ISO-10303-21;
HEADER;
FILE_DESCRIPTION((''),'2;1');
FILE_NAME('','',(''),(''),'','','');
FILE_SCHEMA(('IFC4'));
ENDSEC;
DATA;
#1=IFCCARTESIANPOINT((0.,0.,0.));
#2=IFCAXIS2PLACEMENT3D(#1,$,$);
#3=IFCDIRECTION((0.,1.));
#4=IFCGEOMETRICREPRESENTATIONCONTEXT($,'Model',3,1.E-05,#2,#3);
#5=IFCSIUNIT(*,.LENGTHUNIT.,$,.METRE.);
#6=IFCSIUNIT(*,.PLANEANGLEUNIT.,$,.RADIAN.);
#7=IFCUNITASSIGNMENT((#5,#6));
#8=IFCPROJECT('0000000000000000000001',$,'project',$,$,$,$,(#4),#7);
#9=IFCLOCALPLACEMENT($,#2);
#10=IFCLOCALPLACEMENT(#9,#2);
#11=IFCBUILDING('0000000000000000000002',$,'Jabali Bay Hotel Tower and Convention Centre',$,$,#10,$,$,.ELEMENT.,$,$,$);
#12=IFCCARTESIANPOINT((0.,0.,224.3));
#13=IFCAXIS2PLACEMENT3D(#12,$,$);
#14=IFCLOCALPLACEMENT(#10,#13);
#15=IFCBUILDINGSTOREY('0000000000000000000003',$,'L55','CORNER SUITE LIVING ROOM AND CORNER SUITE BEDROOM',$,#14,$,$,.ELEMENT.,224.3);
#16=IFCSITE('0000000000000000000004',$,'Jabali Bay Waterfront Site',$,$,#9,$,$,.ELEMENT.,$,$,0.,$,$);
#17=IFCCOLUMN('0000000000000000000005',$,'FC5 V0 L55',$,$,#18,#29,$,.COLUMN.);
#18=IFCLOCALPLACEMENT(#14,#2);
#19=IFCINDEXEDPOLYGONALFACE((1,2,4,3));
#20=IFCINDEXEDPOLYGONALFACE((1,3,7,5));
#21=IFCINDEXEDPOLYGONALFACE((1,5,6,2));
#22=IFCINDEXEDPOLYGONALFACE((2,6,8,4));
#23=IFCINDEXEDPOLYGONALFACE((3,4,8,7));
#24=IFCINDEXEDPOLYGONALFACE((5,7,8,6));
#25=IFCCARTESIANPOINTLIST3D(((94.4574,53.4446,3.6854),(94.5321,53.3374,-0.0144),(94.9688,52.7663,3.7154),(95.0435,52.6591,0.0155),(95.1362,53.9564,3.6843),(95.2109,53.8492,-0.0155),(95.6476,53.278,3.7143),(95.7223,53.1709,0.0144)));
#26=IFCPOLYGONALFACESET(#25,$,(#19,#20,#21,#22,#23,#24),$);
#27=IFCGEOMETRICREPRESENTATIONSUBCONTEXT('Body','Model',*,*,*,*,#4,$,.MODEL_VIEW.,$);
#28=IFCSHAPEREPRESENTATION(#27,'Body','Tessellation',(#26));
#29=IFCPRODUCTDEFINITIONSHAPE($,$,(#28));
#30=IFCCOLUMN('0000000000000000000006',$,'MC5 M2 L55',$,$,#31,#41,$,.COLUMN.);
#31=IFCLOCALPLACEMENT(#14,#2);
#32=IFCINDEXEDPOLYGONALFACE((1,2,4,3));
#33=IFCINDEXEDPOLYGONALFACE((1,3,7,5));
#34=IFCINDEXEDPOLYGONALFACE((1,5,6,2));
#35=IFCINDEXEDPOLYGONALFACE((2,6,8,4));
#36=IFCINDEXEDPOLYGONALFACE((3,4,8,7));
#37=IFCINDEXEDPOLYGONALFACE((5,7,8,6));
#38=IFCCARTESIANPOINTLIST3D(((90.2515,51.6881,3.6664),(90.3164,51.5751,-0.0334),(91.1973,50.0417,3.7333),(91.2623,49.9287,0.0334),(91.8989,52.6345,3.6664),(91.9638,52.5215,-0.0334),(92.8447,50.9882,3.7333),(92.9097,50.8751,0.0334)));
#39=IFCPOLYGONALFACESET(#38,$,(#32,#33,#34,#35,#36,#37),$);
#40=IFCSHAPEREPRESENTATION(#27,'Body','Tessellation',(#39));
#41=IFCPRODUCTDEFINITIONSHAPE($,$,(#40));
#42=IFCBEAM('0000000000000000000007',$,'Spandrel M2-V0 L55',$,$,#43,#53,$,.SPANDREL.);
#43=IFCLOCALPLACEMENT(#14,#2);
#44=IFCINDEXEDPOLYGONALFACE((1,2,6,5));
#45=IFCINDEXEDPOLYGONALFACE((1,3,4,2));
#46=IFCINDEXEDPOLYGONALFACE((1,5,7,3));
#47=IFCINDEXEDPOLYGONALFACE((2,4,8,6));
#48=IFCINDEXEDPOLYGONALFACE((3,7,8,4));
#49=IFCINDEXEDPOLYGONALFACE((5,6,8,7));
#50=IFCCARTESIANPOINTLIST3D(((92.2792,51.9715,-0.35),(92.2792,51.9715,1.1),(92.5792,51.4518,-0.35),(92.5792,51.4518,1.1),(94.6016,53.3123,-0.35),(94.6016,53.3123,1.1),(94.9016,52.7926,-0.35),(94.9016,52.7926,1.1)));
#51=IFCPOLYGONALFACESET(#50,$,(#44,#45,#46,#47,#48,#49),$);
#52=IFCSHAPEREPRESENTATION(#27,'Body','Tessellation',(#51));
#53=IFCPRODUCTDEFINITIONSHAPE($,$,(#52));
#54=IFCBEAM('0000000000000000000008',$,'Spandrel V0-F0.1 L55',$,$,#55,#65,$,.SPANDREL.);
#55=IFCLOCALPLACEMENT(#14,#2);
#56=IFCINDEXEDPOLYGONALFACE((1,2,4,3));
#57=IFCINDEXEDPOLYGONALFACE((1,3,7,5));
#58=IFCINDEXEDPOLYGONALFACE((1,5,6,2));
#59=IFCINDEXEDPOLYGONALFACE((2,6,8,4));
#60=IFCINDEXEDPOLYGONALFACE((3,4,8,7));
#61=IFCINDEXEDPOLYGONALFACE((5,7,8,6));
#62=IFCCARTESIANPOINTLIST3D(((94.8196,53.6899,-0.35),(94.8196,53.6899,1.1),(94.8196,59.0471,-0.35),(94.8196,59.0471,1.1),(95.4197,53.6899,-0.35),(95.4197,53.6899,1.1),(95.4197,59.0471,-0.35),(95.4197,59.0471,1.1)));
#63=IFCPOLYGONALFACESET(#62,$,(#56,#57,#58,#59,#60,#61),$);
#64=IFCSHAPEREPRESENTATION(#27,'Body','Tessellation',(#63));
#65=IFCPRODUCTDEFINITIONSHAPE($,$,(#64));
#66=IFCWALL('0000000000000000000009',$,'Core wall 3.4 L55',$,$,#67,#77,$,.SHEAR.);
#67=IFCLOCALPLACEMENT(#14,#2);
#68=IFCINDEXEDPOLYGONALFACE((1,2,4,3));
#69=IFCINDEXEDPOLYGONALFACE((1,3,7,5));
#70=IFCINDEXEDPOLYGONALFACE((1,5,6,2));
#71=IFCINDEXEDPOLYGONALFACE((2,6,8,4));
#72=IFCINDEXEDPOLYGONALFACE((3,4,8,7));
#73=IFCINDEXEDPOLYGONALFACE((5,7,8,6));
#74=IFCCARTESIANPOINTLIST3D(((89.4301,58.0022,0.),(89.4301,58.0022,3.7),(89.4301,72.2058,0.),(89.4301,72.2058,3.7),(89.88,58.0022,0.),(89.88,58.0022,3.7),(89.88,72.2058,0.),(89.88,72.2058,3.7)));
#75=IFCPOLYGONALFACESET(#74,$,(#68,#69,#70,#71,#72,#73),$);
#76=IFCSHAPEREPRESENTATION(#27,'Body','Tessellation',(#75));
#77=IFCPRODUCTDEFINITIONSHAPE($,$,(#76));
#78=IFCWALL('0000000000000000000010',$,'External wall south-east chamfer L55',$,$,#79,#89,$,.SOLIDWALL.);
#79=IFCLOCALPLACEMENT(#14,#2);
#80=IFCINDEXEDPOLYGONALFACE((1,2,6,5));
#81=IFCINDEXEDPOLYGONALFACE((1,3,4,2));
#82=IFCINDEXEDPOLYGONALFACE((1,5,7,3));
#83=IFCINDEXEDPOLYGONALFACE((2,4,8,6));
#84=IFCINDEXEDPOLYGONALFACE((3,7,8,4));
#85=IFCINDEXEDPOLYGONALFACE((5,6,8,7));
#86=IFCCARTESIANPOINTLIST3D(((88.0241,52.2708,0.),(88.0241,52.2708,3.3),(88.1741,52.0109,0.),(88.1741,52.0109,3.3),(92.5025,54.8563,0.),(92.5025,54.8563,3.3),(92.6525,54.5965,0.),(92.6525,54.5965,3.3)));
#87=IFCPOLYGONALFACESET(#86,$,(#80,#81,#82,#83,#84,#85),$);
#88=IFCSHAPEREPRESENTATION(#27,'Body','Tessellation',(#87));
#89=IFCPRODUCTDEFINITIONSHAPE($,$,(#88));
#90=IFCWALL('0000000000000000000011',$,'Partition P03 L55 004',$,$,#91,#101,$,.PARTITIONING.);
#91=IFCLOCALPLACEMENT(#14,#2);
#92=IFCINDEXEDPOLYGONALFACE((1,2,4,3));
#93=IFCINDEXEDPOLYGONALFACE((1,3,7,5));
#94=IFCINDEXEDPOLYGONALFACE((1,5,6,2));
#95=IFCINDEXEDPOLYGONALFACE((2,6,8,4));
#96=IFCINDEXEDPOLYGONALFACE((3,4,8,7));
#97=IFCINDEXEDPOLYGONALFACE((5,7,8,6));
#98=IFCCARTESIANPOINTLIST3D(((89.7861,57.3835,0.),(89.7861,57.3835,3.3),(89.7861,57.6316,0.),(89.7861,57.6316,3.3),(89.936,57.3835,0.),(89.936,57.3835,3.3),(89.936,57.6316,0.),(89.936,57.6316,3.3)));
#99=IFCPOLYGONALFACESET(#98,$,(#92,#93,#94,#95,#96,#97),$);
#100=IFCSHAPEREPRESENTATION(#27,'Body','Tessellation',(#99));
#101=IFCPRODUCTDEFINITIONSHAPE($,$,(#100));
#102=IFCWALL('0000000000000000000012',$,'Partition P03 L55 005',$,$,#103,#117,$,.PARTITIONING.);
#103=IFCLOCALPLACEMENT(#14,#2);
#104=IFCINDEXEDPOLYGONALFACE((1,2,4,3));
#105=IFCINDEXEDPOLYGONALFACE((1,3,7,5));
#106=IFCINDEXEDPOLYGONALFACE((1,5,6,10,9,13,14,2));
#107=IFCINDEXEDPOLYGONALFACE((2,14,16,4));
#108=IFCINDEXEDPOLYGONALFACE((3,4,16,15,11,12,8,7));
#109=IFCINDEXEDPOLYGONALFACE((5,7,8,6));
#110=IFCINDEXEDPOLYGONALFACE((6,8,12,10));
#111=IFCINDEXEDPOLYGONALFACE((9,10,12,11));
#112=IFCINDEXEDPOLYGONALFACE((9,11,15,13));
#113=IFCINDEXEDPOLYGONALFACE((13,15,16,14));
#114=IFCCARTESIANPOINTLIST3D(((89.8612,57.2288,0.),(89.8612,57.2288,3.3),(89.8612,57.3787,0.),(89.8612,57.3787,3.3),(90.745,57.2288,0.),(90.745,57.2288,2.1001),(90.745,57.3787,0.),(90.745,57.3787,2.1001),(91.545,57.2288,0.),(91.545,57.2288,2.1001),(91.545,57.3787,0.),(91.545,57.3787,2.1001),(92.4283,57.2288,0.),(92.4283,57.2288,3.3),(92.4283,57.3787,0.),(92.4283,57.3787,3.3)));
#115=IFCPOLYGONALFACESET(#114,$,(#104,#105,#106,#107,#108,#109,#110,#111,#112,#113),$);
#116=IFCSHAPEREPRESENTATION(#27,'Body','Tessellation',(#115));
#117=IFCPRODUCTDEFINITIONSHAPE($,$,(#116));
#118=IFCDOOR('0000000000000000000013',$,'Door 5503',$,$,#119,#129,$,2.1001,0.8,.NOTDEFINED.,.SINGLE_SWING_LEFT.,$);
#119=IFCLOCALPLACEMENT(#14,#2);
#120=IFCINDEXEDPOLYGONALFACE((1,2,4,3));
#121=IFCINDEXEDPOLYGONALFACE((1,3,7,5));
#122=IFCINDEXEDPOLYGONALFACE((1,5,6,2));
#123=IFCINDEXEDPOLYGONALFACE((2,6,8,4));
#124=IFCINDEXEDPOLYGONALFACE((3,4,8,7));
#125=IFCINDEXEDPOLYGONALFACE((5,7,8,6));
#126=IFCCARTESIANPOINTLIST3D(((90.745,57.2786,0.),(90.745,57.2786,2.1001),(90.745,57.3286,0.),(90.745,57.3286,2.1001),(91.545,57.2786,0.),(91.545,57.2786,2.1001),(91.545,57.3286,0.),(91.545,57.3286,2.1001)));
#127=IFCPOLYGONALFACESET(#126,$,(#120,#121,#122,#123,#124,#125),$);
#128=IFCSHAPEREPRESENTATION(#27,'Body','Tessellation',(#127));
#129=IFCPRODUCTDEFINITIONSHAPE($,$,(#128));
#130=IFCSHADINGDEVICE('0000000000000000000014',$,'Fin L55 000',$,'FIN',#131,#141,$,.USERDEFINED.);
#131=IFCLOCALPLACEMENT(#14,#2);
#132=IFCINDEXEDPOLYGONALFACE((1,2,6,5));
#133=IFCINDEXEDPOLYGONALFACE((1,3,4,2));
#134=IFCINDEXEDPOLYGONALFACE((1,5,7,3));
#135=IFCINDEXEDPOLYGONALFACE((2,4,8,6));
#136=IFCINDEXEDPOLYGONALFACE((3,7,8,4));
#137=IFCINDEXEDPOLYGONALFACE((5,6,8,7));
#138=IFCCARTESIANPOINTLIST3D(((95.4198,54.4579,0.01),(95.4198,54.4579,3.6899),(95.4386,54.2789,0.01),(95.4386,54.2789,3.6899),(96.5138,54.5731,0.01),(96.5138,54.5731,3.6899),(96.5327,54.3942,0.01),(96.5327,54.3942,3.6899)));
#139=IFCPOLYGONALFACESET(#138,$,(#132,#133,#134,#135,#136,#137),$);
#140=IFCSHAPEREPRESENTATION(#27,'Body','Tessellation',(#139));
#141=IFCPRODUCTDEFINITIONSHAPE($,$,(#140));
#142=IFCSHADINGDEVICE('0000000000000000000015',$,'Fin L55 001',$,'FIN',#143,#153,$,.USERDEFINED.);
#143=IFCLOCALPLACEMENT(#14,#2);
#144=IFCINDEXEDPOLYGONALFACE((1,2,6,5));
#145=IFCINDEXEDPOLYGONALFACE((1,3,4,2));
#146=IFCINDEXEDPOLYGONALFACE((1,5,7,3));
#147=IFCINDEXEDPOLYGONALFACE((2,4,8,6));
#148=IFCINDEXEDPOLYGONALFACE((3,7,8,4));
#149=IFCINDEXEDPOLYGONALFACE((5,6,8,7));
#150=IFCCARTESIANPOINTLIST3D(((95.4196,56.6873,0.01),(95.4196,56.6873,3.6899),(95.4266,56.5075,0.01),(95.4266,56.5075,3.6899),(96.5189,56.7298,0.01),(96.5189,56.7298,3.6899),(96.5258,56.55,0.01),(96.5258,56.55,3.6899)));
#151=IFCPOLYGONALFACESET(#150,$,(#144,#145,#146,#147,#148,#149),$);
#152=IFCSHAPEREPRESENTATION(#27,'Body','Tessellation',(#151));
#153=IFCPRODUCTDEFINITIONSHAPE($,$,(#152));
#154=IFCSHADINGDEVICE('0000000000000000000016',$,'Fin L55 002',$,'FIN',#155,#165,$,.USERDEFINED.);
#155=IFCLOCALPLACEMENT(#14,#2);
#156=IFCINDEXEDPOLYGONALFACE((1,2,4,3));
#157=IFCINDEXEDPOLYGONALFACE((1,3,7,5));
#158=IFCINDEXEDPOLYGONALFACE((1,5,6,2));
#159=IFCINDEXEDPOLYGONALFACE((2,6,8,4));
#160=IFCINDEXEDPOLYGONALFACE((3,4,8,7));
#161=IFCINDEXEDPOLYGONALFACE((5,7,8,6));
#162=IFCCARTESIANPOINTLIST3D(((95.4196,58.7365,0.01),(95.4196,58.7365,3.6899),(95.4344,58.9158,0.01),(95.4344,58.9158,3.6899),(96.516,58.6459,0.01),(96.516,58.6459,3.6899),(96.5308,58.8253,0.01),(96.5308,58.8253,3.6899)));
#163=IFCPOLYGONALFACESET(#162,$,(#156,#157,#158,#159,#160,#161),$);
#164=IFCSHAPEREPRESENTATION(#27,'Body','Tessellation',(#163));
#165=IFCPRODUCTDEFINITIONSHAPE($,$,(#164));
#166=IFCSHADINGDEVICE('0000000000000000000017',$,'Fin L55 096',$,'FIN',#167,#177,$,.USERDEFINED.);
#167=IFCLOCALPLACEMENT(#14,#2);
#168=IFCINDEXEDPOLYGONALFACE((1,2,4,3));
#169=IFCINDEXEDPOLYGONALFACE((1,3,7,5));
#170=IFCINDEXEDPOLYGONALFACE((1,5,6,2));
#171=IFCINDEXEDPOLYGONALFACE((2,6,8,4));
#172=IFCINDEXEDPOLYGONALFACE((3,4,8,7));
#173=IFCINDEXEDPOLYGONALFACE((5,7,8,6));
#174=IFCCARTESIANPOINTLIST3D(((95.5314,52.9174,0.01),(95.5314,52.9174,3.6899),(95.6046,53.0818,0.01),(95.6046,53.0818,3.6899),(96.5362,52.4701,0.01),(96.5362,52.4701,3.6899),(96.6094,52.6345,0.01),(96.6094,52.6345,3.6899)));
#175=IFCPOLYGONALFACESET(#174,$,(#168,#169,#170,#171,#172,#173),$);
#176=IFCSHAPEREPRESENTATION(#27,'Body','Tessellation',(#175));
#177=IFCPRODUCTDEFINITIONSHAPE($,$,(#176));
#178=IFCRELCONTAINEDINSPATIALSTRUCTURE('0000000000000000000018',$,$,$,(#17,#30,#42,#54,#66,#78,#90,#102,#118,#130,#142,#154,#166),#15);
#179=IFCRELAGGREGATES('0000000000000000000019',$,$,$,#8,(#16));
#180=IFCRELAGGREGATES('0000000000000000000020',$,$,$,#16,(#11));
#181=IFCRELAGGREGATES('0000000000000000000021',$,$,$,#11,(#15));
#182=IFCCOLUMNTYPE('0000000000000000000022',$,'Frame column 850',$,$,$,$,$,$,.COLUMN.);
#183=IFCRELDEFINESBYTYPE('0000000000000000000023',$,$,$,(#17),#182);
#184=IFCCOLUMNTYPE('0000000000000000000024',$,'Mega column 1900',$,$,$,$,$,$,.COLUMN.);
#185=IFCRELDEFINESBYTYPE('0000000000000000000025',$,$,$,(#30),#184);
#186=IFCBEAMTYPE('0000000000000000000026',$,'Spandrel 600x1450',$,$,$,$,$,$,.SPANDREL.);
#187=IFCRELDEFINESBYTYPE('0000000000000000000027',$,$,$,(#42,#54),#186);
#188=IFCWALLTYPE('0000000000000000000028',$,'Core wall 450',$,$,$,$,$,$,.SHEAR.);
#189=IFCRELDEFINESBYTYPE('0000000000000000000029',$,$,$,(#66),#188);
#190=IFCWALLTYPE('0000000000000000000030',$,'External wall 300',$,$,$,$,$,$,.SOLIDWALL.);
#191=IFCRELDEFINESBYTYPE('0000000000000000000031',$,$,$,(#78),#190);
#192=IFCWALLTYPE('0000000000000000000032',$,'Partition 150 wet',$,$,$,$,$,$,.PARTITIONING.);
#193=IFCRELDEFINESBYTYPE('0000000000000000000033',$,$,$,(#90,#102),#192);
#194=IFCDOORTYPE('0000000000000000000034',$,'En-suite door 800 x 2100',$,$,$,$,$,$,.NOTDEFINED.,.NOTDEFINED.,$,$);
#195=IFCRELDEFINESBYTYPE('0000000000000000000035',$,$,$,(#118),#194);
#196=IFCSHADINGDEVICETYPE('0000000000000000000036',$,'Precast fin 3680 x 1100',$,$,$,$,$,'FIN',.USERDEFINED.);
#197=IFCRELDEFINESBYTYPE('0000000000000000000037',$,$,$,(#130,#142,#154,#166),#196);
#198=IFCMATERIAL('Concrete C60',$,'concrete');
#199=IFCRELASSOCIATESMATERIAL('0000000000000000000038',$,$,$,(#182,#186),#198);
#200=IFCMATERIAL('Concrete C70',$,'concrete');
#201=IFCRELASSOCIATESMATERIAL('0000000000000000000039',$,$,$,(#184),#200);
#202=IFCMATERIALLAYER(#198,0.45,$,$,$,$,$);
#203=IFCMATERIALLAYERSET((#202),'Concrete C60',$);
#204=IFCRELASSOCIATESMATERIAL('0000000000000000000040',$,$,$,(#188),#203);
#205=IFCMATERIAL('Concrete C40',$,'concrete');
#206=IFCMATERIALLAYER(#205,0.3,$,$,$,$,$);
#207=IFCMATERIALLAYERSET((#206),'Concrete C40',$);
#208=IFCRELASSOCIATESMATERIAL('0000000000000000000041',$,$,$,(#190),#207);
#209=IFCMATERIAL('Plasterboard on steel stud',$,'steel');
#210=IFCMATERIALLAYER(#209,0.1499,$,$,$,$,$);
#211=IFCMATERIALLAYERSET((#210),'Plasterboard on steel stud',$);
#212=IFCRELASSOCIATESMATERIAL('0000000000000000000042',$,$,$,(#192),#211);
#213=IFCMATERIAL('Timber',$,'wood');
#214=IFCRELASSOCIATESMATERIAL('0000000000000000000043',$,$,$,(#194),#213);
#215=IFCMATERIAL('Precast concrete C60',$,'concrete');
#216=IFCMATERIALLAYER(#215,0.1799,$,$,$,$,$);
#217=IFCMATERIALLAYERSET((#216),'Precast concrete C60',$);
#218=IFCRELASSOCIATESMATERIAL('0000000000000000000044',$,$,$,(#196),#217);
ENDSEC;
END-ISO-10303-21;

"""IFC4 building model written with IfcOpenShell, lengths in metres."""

from ifc_helpers import new_model, si_unit, direction, frame, frame_2d, origin, origin_2d, place, context, subcontext, project, spatial, rectangle, extrude, material, layer, layer_set, material_profile, profile_set, type_object, element, fill, save


model = new_model("IFC4")

# Units and contexts
model_context = context("Model", 3, precision=1e-05, world=origin(), true_north=direction((0.0, 1.0)))
body_context = subcontext(model_context, "Body", "Model", "MODEL_VIEW")
ifc_project = project(units=[si_unit("LENGTHUNIT", "METRE"), si_unit("PLANEANGLEUNIT", "RADIAN")], contexts=[model_context])

# Site, building, storey
site_placement = place(None, origin())
site = spatial("IfcSite", under=ifc_project, at=site_placement, Name="Jabali Bay Waterfront Site", CompositionType="ELEMENT", RefElevation=0.0)
building_placement = place(site_placement, origin())
building = spatial("IfcBuilding", under=site, at=building_placement, Name="Jabali Bay Hotel Tower and Convention Centre", CompositionType="ELEMENT")
storey_placement = place(building_placement, frame((0.0, 0.0, 224.3)))
storey = spatial("IfcBuildingStorey", under=building, at=storey_placement, Name="L55", Description="CORNER SUITE LIVING ROOM AND CORNER SUITE BEDROOM", CompositionType="ELEMENT", Elevation=224.3)

# Columns
ifc_material_1 = material(Name="Concrete C60", Category="concrete")
ifc_material_profile_1 = material_profile(ifc_material_1, rectangle(XDim=0.8501, YDim=0.8501, at=origin_2d()), Name="Frame column 850")
ifc_profile_set_1 = profile_set([ifc_material_profile_1], Name="Concrete C60")
column_type_1 = type_object("IfcColumnType", Name="Frame column 850", PredefinedType="COLUMN", material=ifc_profile_set_1)
column_1_placement = place(storey_placement, frame((95.1272, 53.2542, 0.0), z_axis=(-0.020179, 0.028949, 0.999377), x_axis=(-0.798493, -0.602003, 0.001316)))
element("IfcColumn", 1, at=column_1_placement, inside=storey, type_object=column_type_1, Name="FC5 V0 L55", PredefinedType="COLUMN", context=body_context, shape_type="SweptSolid", body=[
    extrude(rectangle(XDim=0.8501, YDim=0.8501, at=origin_2d()), origin(), (0.0, 0.0, 1.0), 3.7021),
])
ifc_material_2 = material(Name="Concrete C70", Category="concrete")
ifc_material_profile_2 = material_profile(ifc_material_2, rectangle(XDim=1.8999, YDim=1.8999, at=origin_2d()), Name="Mega column 1900")
ifc_profile_set_2 = profile_set([ifc_material_profile_2], Name="Concrete C70")
column_type_2 = type_object("IfcColumnType", Name="Mega column 1900", PredefinedType="COLUMN", material=ifc_profile_set_2)
column_2_placement = place(storey_placement, frame((91.613, 51.2251, 0.0), z_axis=(-0.017541, 0.030532, 0.99938), x_axis=(0.497845, -0.866551, 0.035212)))
element("IfcColumn", 2, at=column_2_placement, inside=storey, type_object=column_type_2, Name="MC5 M2 L55", PredefinedType="COLUMN", context=body_context, shape_type="SweptSolid", body=[
    extrude(rectangle(XDim=1.8999, YDim=1.8999, at=origin_2d()), origin(), (0.0, 0.0, 1.0), 3.7021),
])

# Beams
ifc_material_profile_3 = material_profile(ifc_material_1, rectangle(XDim=0.6001, YDim=1.45, at=origin_2d()), Name="Spandrel 600x1450")
ifc_profile_set_3 = profile_set([ifc_material_profile_3], Name="Concrete C60")
beam_type = type_object("IfcBeamType", Name="Spandrel 600x1450", PredefinedType="SPANDREL", material=ifc_profile_set_3)
beam_1_placement = place(storey_placement, frame((92.4292, 51.7117, 0.375), z_axis=(0.866039, 0.499977, 0.0), x_axis=(-0.499977, 0.866039, 0.0)))
element("IfcBeam", 3, at=beam_1_placement, inside=storey, type_object=beam_type, Name="Spandrel M2-V0 L55", PredefinedType="SPANDREL", context=body_context, shape_type="SweptSolid", body=[
    extrude(rectangle(XDim=0.6001, YDim=1.45, at=origin_2d()), origin(), (0.0, 0.0, 1.0), 2.6816),
])
beam_2_placement = place(storey_placement, frame((95.1196, 53.6899, 0.375), z_axis=(0.0, 1.0, 0.0), x_axis=(-1.0, 0.0, 0.0)))
element("IfcBeam", 4, at=beam_2_placement, inside=storey, type_object=beam_type, Name="Spandrel V0-F0.1 L55", PredefinedType="SPANDREL", context=body_context, shape_type="SweptSolid", body=[
    extrude(rectangle(XDim=0.6001, YDim=1.45, at=origin_2d()), origin(), (0.0, 0.0, 1.0), 5.3572),
])

# Walls
ifc_layer_1 = layer(ifc_material_1, 0.45)
ifc_layer_set_1 = layer_set([ifc_layer_1], Name="Concrete C60")
wall_type_1 = type_object("IfcWallType", Name="Core wall 450", PredefinedType="SHEAR", material=ifc_layer_set_1)
wall_1_placement = place(storey_placement, frame((89.655, 58.0022, 0.0), z_axis=(0.0, 0.0, 1.0), x_axis=(0.0, 1.0, 0.0)))
element("IfcWall", 5, at=wall_1_placement, inside=storey, type_object=wall_type_1, Name="Core wall 3.4 L55", PredefinedType="SHEAR", context=body_context, shape_type="SweptSolid", body=[
    extrude(rectangle(XDim=14.2036, YDim=0.45, at=frame_2d((7.1018, 0.0))), origin(), (0.0, 0.0, 1.0), 3.7),
])
ifc_material_3 = material(Name="Concrete C40", Category="concrete")
ifc_layer_2 = layer(ifc_material_3, 0.3)
ifc_layer_set_2 = layer_set([ifc_layer_2], Name="Concrete C40")
wall_type_2 = type_object("IfcWallType", Name="External wall 300", PredefinedType="SOLIDWALL", material=ifc_layer_set_2)
wall_2_placement = place(storey_placement, frame((92.5774, 54.7263, 0.0), z_axis=(0.0, 0.0, 1.0), x_axis=(-0.866032, -0.499988, 0.0)))
element("IfcWall", 6, at=wall_2_placement, inside=storey, type_object=wall_type_2, Name="External wall south-east chamfer L55", PredefinedType="SOLIDWALL", context=body_context, shape_type="SweptSolid", body=[
    extrude(rectangle(XDim=5.1711, YDim=0.3, at=frame_2d((2.5854, 0.0))), origin(), (0.0, 0.0, 1.0), 3.3),
])
ifc_material_4 = material(Name="Plasterboard on steel stud", Category="steel")
ifc_layer_3 = layer(ifc_material_4, 0.1499)
ifc_layer_set_3 = layer_set([ifc_layer_3], Name="Plasterboard on steel stud")
wall_type_3 = type_object("IfcWallType", Name="Partition 150 wet", PredefinedType="PARTITIONING", material=ifc_layer_set_3)
wall_3_placement = place(storey_placement, frame((89.8611, 57.6316, 0.0), z_axis=(0.0, 0.0, 1.0), x_axis=(0.0, -1.0, 0.0)))
element("IfcWall", 7, at=wall_3_placement, inside=storey, type_object=wall_type_3, Name="Partition P03 L55 004", PredefinedType="PARTITIONING", context=body_context, shape_type="SweptSolid", body=[
    extrude(rectangle(XDim=0.248, YDim=0.1499, at=frame_2d((0.124, 0.0))), origin(), (0.0, 0.0, 1.0), 3.3),
])

# Wall, opening, door
wall_4_placement = place(storey_placement, frame((89.8611, 57.3037, 0.0), z_axis=(0.0, 0.0, 1.0), x_axis=(1.0, 0.0, 0.0)))
wall_4 = element("IfcWall", 8, at=wall_4_placement, inside=storey, type_object=wall_type_3, Name="Partition P03 L55 005", PredefinedType="PARTITIONING", context=body_context, shape_type="SweptSolid", body=[
    extrude(rectangle(XDim=2.5671, YDim=0.1499, at=frame_2d((1.2837, 0.0))), origin(), (0.0, 0.0, 1.0), 3.3),
])
opening_placement = place(wall_4_placement, frame((0.884, 0.0, 0.0)))
opening = element("IfcOpeningElement", 9, at=opening_placement, cuts=wall_4, PredefinedType="OPENING", context=body_context, shape_type="SweptSolid", body=[
    extrude(rectangle(XDim=0.8, YDim=2.1001, at=frame_2d((0.3999, 1.05))), frame((0.0, 0.0854, 0.0), z_axis=(0.0, -1.0, 0.0), x_axis=(1.0, 0.0, 0.0)), (0.0, 0.0, 1.0), 0.1709),
])
ifc_material_5 = material(Name="Timber", Category="wood")
door_type = type_object("IfcDoorType", Name="En-suite door 800 x 2100", OperationType="NOTDEFINED", PredefinedType="NOTDEFINED", material=ifc_material_5)
door_placement = place(opening_placement, origin())
door = element("IfcDoor", 10, at=door_placement, inside=storey, type_object=door_type, Name="Door 5503", OperationType="SINGLE_SWING_LEFT", OverallHeight=2.1001, OverallWidth=0.8, PredefinedType="NOTDEFINED", context=body_context, shape_type="SweptSolid", body=[
    extrude(rectangle(XDim=0.8, YDim=2.1001, at=frame_2d((0.3999, 1.05))), frame((0.0, 0.0249, 0.0), z_axis=(0.0, -1.0, 0.0), x_axis=(1.0, 0.0, 0.0)), (0.0, 0.0, 1.0), 0.05),
])
fill(opening, door)

# Shading devices
ifc_material_6 = material(Name="Precast concrete C60", Category="concrete")
ifc_layer_4 = layer(ifc_material_6, 0.1799)
ifc_layer_set_4 = layer_set([ifc_layer_4], Name="Precast concrete C60")
shading_device_type_1 = type_object("IfcShadingDeviceType", Name="Precast fin 3680 x 1100", ElementType="FIN", PredefinedType="USERDEFINED", material=ifc_layer_set_4)
for number, where, z_axis, x_axis, name in (
    (11, (95.4292, 54.3684, 0.01), (0.0, 0.0, 1.0), (0.994498, 0.104754, 0.0), "Fin L55 000"),
    (12, (95.4231, 56.5974, 0.01), (0.0, 0.0, 1.0), (0.999254, 0.038612, 0.0), "Fin L55 001"),
    (13, (95.427, 58.8262, 0.01), (0.0, 0.0, 1.0), (0.996605, -0.082329, 0.0), "Fin L55 002"),
):
    element("IfcShadingDevice", number, at=place(storey_placement, frame(where, z_axis=z_axis, x_axis=x_axis)), inside=storey, type_object=shading_device_type_1, Name=name, ObjectType="FIN", PredefinedType="USERDEFINED", context=body_context, shape_type="SweptSolid", body=[
        extrude(rectangle(XDim=1.1001, YDim=0.1799, at=frame_2d((0.55, 0.0))), origin(), (0.0, 0.0, 1.0), 3.6799),
    ])
shading_device_1_placement = place(storey_placement, frame((95.5681, 52.9995, 0.01), z_axis=(0.0, 0.0, 1.0), x_axis=(0.913592, -0.406633, 0.0)))
element("IfcShadingDevice", 14, at=shading_device_1_placement, inside=storey, type_object=shading_device_type_1, Name="Fin L55 096", ObjectType="FIN", PredefinedType="USERDEFINED", context=body_context, shape_type="SweptSolid", body=[
    extrude(rectangle(XDim=1.0999, YDim=0.1799, at=frame_2d((0.5498, 0.0))), origin(), (0.0, 0.0, 1.0), 3.6799),
])

save(model, "model.ifc")
